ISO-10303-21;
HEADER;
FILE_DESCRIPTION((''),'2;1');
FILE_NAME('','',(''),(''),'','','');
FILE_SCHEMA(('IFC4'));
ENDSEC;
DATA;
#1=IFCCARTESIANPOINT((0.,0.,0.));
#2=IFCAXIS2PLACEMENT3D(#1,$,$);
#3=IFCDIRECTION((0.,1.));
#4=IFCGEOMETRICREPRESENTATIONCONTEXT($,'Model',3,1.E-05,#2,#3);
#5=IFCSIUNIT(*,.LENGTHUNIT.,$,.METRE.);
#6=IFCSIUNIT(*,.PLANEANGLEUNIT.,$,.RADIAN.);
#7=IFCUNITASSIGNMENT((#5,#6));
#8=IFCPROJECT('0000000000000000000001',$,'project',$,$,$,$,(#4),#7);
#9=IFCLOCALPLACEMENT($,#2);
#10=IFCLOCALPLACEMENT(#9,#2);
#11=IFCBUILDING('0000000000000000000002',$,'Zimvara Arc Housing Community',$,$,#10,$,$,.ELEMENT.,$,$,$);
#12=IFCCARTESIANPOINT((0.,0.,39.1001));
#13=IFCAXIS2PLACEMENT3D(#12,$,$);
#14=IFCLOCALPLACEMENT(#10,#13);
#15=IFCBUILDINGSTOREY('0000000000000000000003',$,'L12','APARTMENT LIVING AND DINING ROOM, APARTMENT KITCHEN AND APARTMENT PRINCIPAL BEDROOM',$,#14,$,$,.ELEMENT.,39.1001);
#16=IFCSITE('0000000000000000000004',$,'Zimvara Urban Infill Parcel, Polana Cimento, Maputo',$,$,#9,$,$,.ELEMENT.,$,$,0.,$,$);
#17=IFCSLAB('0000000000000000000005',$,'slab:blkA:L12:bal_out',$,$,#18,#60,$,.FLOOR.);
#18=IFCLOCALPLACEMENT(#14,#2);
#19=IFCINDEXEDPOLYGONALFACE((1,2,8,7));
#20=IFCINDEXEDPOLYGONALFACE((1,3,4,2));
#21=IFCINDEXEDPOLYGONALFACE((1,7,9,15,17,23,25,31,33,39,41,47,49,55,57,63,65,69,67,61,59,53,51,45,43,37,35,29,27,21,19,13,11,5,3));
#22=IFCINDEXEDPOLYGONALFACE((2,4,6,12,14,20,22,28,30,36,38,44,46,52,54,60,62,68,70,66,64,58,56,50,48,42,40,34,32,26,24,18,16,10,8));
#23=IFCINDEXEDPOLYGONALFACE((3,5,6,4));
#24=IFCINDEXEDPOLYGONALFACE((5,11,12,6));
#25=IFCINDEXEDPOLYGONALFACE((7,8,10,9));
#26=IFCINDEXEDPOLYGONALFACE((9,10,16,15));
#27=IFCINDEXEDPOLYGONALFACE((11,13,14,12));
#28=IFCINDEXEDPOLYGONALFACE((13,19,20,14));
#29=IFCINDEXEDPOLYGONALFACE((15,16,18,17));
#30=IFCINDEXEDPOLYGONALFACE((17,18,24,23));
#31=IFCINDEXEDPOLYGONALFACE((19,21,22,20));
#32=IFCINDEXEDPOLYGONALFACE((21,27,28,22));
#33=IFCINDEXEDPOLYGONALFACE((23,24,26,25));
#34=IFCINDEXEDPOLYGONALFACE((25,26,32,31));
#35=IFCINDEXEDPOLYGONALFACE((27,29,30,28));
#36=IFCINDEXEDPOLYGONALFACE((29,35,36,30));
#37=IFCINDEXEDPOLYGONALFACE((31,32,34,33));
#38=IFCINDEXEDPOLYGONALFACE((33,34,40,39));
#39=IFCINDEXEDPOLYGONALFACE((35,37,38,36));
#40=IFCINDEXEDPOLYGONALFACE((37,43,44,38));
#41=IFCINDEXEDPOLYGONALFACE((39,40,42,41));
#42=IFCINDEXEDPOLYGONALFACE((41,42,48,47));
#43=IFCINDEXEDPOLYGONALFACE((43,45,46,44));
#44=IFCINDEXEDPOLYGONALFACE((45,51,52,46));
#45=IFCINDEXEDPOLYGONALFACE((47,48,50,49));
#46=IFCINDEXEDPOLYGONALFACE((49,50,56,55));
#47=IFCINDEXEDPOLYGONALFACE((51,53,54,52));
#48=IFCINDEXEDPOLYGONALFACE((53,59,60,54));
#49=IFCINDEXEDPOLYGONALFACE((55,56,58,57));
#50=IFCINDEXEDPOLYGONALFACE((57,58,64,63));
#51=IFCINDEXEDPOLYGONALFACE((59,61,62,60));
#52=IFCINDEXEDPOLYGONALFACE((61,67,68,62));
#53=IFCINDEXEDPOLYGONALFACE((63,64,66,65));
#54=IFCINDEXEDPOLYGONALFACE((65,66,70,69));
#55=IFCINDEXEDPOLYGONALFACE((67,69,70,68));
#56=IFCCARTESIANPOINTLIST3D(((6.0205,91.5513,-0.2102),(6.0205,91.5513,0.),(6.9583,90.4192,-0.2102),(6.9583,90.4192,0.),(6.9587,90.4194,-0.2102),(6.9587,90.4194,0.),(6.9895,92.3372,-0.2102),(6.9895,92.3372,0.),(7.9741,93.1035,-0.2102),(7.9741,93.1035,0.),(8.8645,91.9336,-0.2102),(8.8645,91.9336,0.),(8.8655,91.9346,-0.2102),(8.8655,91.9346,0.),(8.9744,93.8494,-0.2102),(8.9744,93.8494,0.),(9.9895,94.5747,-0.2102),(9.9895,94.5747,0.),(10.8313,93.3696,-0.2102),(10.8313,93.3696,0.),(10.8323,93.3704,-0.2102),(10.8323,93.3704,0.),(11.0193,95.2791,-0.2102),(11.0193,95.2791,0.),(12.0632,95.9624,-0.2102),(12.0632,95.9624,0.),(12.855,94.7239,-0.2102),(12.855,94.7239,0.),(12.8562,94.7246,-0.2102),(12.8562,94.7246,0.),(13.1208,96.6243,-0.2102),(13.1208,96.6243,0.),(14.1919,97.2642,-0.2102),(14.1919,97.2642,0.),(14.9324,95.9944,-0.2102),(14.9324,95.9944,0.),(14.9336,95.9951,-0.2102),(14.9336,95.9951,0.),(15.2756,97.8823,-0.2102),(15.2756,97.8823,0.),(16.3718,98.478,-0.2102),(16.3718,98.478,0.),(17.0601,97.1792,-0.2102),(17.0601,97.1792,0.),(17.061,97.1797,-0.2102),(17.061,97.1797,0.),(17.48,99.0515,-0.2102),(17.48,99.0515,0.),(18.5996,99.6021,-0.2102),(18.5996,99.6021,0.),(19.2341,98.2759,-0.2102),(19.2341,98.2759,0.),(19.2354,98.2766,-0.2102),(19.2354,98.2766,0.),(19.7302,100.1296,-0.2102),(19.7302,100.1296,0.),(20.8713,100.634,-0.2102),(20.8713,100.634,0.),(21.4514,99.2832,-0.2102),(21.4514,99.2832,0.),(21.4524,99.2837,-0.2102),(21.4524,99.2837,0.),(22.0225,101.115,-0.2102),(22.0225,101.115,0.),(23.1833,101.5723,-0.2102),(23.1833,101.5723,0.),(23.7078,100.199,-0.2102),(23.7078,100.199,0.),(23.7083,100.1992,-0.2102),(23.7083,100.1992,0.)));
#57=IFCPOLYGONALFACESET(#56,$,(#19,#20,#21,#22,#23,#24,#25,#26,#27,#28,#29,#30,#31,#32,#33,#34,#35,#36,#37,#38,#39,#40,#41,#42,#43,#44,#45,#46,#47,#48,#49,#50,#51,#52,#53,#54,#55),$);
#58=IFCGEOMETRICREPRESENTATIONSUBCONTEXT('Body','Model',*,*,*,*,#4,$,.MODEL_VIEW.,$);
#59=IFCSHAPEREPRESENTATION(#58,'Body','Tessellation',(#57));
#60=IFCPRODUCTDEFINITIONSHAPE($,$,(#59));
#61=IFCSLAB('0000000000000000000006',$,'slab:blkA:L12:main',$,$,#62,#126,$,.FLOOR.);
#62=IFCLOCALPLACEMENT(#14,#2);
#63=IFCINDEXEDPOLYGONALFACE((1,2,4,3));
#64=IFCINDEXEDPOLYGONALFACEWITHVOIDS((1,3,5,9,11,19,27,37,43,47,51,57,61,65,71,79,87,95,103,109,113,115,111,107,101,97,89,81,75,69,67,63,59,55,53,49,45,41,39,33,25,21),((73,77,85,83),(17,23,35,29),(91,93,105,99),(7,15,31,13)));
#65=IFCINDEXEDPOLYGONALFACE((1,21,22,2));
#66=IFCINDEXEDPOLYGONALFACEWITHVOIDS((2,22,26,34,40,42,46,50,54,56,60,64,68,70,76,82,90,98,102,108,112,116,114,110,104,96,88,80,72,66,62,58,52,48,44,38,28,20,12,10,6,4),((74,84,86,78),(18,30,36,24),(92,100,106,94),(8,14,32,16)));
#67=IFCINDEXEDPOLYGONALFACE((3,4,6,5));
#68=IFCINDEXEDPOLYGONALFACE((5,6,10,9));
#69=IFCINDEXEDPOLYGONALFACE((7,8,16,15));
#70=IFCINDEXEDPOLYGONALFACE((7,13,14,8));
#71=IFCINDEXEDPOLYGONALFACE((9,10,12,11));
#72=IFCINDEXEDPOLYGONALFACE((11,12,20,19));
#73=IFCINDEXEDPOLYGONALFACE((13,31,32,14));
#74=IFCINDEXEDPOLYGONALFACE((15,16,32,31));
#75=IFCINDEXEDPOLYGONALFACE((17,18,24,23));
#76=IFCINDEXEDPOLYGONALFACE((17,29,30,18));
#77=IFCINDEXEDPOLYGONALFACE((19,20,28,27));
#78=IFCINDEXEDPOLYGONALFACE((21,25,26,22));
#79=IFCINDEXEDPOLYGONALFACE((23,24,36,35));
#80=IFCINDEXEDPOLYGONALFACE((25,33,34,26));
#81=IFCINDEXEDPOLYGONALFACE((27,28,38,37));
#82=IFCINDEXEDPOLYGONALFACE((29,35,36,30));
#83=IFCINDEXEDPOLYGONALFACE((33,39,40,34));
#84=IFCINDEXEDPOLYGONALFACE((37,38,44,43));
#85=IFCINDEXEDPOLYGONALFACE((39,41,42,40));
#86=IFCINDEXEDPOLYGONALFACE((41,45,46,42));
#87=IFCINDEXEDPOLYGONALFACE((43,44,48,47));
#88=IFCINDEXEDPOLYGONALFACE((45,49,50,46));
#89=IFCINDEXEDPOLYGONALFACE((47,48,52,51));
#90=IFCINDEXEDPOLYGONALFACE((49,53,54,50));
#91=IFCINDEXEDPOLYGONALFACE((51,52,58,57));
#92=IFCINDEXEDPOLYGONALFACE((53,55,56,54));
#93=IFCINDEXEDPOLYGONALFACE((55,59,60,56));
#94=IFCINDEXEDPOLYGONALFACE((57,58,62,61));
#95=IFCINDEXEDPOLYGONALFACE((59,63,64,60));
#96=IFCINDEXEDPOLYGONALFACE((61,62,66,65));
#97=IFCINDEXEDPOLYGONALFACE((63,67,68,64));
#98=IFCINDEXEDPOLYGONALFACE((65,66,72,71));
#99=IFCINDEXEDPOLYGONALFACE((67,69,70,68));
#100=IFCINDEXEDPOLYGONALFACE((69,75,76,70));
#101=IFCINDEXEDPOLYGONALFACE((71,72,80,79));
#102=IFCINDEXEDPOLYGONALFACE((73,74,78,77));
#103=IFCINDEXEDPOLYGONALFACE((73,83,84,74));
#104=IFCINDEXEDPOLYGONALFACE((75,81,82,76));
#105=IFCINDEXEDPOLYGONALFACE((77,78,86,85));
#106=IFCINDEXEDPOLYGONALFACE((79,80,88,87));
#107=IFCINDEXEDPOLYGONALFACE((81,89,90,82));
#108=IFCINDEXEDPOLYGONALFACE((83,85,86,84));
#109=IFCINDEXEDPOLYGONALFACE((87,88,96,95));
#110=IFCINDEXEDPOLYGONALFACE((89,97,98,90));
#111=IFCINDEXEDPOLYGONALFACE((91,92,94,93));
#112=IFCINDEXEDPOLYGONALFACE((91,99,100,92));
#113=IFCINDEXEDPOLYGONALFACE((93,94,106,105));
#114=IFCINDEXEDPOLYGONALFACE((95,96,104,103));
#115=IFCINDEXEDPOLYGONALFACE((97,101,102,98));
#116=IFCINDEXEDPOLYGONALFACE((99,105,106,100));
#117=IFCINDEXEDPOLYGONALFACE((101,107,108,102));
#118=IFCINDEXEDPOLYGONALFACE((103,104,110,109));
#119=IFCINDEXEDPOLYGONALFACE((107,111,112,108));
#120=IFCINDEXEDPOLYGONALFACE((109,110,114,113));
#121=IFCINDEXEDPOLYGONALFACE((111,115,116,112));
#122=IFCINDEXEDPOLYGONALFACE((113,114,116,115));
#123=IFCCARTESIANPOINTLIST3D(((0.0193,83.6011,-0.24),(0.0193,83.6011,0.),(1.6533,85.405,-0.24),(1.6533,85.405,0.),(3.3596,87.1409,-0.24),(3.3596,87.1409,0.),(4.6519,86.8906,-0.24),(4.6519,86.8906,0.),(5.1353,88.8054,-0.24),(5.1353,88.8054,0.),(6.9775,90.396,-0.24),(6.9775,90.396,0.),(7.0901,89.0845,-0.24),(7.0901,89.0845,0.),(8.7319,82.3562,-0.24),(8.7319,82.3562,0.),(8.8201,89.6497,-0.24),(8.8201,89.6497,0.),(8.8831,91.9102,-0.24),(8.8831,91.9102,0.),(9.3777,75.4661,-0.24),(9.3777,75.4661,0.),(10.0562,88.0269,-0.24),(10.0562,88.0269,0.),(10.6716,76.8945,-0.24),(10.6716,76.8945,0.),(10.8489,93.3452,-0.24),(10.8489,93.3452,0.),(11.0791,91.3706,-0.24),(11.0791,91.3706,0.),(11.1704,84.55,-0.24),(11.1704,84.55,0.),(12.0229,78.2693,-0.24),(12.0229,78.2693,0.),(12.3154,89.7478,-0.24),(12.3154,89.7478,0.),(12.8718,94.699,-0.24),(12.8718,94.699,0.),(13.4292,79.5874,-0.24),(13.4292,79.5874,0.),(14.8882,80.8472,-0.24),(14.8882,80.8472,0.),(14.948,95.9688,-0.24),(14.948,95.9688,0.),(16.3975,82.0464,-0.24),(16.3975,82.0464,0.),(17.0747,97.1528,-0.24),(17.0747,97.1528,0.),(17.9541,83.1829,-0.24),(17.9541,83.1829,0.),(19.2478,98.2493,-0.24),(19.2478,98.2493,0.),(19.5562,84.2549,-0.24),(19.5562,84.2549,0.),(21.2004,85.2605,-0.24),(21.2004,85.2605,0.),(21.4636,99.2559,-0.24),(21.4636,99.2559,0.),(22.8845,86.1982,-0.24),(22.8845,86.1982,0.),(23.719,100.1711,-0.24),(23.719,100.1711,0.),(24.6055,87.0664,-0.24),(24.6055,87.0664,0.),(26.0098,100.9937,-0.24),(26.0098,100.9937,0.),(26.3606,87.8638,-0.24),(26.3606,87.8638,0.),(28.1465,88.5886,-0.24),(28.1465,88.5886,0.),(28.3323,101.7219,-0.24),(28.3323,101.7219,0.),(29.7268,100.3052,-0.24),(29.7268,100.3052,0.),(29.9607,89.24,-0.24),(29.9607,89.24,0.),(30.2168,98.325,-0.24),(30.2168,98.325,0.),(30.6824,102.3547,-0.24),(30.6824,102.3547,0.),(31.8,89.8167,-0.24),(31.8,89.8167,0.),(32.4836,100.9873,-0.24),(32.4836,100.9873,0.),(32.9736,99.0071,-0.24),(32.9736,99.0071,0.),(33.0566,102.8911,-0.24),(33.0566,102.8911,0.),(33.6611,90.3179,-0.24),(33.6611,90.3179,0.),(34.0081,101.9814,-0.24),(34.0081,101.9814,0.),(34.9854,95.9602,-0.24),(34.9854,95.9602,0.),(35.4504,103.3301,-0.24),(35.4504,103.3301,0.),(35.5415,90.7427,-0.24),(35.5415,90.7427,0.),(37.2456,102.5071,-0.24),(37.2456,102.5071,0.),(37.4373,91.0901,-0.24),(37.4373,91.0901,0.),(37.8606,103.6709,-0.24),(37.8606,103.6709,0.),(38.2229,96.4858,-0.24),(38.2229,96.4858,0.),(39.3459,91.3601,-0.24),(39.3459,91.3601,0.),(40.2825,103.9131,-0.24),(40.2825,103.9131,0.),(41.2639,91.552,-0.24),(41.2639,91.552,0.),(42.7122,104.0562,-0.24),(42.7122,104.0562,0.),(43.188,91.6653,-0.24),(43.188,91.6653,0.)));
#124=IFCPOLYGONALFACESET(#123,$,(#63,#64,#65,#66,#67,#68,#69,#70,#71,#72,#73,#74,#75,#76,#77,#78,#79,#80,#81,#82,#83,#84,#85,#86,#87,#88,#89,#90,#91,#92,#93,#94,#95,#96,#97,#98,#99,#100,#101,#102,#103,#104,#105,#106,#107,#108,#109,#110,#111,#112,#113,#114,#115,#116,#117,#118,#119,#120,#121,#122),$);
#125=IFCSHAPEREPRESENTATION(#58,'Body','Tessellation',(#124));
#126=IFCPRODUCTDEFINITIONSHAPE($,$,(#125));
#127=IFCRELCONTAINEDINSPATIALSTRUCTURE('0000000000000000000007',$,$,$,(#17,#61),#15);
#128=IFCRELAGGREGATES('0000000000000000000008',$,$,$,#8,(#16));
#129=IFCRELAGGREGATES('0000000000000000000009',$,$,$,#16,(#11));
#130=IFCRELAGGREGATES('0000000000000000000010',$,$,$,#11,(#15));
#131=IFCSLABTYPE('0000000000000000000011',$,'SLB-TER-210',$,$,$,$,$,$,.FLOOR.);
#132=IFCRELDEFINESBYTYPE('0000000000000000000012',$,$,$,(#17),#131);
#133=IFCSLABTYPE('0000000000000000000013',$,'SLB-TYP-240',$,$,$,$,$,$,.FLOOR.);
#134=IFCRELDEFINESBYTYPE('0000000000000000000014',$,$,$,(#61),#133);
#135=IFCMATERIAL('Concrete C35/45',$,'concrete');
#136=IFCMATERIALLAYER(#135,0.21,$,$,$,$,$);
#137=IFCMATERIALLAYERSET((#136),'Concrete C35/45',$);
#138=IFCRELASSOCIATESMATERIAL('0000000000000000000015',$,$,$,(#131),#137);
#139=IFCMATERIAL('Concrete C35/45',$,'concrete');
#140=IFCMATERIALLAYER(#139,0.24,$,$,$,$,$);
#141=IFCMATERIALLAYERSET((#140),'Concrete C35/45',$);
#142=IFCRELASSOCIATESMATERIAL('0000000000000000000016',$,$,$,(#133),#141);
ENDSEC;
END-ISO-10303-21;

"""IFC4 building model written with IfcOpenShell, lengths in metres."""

from ifc_helpers import new_model, si_unit, direction, frame, origin, place, context, subcontext, project, spatial, polyline, outline, extrude, material, layer, layer_set, type_object, element, save


model = new_model("IFC4")

# Units and contexts
model_context = context("Model", 3, precision=1e-05, world=origin(), true_north=direction((0.0, 1.0)))
body_context = subcontext(model_context, "Body", "Model", "MODEL_VIEW")
ifc_project = project(units=[si_unit("LENGTHUNIT", "METRE"), si_unit("PLANEANGLEUNIT", "RADIAN")], contexts=[model_context])

# Site, building, storey
site_placement = place(None, origin())
site = spatial("IfcSite", under=ifc_project, at=site_placement, Name="Zimvara Urban Infill Parcel, Polana Cimento, Maputo", CompositionType="ELEMENT", RefElevation=0.0)
building_placement = place(site_placement, origin())
building = spatial("IfcBuilding", under=site, at=building_placement, Name="Zimvara Arc Housing Community", CompositionType="ELEMENT")
storey_placement = place(building_placement, frame((0.0, 0.0, 39.1001)))
storey = spatial("IfcBuildingStorey", under=building, at=storey_placement, Name="L12", Description="APARTMENT LIVING AND DINING ROOM, APARTMENT KITCHEN AND APARTMENT PRINCIPAL BEDROOM", CompositionType="ELEMENT", Elevation=39.1001)

# Slabs
ifc_material_1 = material(Name="Concrete C35/45", Category="concrete")
ifc_layer_1 = layer(ifc_material_1, 0.21)
ifc_layer_set_1 = layer_set([ifc_layer_1], Name="Concrete C35/45")
slab_type_1 = type_object("IfcSlabType", Name="SLB-TER-210", PredefinedType="FLOOR", material=ifc_layer_set_1)
slab_1_placement = place(storey_placement, frame((0.0, 0.0, -0.2102)))
element("IfcSlab", 1, at=slab_1_placement, inside=storey, type_object=slab_type_1, Name="slab:blkA:L12:bal_out", PredefinedType="FLOOR", context=body_context, shape_type="SweptSolid", body=[
    extrude(outline(polyline([(6.0205, 91.5513), (6.9583, 90.4192), (6.9587, 90.4194), (8.8645, 91.9336), (8.8655, 91.9346), (10.8313, 93.3696), (10.8323, 93.3704), (12.855, 94.7239), (12.8562, 94.7246), (14.9324, 95.9944), (14.9336, 95.9951), (17.0601, 97.1792), (17.061, 97.1797), (19.2341, 98.2759), (19.2354, 98.2766), (21.4514, 99.2832), (21.4524, 99.2837), (23.7078, 100.199), (23.7083, 100.1992), (23.1833, 101.5723), (22.0225, 101.115), (20.8713, 100.634), (19.7302, 100.1296), (18.5996, 99.6021), (17.48, 99.0515), (16.3718, 98.478), (15.2756, 97.8823), (14.1919, 97.2642), (13.1208, 96.6243), (12.0632, 95.9624), (11.0193, 95.2791), (9.9895, 94.5747), (8.9744, 93.8494), (7.9741, 93.1035), (6.9895, 92.3372), (6.0205, 91.5513)])), origin(), (0.0, 0.0, 1.0), 0.2102),
])
ifc_material_2 = material(Name="Concrete C35/45", Category="concrete")
ifc_layer_2 = layer(ifc_material_2, 0.24)
ifc_layer_set_2 = layer_set([ifc_layer_2], Name="Concrete C35/45")
slab_type_2 = type_object("IfcSlabType", Name="SLB-TYP-240", PredefinedType="FLOOR", material=ifc_layer_set_2)
slab_2_placement = place(storey_placement, frame((0.0, 0.0, -0.24)))
element("IfcSlab", 2, at=slab_2_placement, inside=storey, type_object=slab_type_2, Name="slab:blkA:L12:main", PredefinedType="FLOOR", context=body_context, shape_type="SweptSolid", body=[
    extrude(outline(polyline([(9.3777, 75.4661), (10.6716, 76.8945), (12.0229, 78.2693), (13.4292, 79.5874), (14.8882, 80.8472), (16.3975, 82.0464), (17.9541, 83.1829), (19.5562, 84.2549), (21.2004, 85.2605), (22.8845, 86.1982), (24.6055, 87.0664), (26.3606, 87.8638), (28.1465, 88.5886), (29.9607, 89.24), (31.8, 89.8167), (33.6611, 90.3179), (35.5415, 90.7427), (37.4373, 91.0901), (39.3459, 91.3601), (41.2639, 91.552), (43.188, 91.6653), (42.7122, 104.0562), (40.2825, 103.9131), (37.8606, 103.6709), (35.4504, 103.3301), (33.0566, 102.8911), (30.6824, 102.3547), (28.3323, 101.7219), (26.0098, 100.9937), (23.719, 100.1711), (21.4636, 99.2559), (19.2478, 98.2493), (17.0747, 97.1528), (14.948, 95.9688), (12.8718, 94.699), (10.8489, 93.3452), (8.8831, 91.9102), (6.9775, 90.396), (5.1353, 88.8054), (3.3596, 87.1409), (1.6533, 85.405), (0.0193, 83.6011), (9.3777, 75.4661)]), holes=[polyline([(8.7319, 82.3562), (4.6519, 86.8906), (7.0901, 89.0845), (11.1704, 84.55), (8.7319, 82.3562)]), polyline([(34.9854, 95.9602), (34.0081, 101.9814), (37.2456, 102.5071), (38.2229, 96.4858), (34.9854, 95.9602)]), polyline([(10.0562, 88.0269), (8.8201, 89.6497), (11.0791, 91.3706), (12.3154, 89.7478), (10.0562, 88.0269)]), polyline([(30.2168, 98.325), (29.7268, 100.3052), (32.4836, 100.9873), (32.9736, 99.0071), (30.2168, 98.325)])]), origin(), (0.0, 0.0, 1.0), 0.24),
])

save(model, "model.ifc")
